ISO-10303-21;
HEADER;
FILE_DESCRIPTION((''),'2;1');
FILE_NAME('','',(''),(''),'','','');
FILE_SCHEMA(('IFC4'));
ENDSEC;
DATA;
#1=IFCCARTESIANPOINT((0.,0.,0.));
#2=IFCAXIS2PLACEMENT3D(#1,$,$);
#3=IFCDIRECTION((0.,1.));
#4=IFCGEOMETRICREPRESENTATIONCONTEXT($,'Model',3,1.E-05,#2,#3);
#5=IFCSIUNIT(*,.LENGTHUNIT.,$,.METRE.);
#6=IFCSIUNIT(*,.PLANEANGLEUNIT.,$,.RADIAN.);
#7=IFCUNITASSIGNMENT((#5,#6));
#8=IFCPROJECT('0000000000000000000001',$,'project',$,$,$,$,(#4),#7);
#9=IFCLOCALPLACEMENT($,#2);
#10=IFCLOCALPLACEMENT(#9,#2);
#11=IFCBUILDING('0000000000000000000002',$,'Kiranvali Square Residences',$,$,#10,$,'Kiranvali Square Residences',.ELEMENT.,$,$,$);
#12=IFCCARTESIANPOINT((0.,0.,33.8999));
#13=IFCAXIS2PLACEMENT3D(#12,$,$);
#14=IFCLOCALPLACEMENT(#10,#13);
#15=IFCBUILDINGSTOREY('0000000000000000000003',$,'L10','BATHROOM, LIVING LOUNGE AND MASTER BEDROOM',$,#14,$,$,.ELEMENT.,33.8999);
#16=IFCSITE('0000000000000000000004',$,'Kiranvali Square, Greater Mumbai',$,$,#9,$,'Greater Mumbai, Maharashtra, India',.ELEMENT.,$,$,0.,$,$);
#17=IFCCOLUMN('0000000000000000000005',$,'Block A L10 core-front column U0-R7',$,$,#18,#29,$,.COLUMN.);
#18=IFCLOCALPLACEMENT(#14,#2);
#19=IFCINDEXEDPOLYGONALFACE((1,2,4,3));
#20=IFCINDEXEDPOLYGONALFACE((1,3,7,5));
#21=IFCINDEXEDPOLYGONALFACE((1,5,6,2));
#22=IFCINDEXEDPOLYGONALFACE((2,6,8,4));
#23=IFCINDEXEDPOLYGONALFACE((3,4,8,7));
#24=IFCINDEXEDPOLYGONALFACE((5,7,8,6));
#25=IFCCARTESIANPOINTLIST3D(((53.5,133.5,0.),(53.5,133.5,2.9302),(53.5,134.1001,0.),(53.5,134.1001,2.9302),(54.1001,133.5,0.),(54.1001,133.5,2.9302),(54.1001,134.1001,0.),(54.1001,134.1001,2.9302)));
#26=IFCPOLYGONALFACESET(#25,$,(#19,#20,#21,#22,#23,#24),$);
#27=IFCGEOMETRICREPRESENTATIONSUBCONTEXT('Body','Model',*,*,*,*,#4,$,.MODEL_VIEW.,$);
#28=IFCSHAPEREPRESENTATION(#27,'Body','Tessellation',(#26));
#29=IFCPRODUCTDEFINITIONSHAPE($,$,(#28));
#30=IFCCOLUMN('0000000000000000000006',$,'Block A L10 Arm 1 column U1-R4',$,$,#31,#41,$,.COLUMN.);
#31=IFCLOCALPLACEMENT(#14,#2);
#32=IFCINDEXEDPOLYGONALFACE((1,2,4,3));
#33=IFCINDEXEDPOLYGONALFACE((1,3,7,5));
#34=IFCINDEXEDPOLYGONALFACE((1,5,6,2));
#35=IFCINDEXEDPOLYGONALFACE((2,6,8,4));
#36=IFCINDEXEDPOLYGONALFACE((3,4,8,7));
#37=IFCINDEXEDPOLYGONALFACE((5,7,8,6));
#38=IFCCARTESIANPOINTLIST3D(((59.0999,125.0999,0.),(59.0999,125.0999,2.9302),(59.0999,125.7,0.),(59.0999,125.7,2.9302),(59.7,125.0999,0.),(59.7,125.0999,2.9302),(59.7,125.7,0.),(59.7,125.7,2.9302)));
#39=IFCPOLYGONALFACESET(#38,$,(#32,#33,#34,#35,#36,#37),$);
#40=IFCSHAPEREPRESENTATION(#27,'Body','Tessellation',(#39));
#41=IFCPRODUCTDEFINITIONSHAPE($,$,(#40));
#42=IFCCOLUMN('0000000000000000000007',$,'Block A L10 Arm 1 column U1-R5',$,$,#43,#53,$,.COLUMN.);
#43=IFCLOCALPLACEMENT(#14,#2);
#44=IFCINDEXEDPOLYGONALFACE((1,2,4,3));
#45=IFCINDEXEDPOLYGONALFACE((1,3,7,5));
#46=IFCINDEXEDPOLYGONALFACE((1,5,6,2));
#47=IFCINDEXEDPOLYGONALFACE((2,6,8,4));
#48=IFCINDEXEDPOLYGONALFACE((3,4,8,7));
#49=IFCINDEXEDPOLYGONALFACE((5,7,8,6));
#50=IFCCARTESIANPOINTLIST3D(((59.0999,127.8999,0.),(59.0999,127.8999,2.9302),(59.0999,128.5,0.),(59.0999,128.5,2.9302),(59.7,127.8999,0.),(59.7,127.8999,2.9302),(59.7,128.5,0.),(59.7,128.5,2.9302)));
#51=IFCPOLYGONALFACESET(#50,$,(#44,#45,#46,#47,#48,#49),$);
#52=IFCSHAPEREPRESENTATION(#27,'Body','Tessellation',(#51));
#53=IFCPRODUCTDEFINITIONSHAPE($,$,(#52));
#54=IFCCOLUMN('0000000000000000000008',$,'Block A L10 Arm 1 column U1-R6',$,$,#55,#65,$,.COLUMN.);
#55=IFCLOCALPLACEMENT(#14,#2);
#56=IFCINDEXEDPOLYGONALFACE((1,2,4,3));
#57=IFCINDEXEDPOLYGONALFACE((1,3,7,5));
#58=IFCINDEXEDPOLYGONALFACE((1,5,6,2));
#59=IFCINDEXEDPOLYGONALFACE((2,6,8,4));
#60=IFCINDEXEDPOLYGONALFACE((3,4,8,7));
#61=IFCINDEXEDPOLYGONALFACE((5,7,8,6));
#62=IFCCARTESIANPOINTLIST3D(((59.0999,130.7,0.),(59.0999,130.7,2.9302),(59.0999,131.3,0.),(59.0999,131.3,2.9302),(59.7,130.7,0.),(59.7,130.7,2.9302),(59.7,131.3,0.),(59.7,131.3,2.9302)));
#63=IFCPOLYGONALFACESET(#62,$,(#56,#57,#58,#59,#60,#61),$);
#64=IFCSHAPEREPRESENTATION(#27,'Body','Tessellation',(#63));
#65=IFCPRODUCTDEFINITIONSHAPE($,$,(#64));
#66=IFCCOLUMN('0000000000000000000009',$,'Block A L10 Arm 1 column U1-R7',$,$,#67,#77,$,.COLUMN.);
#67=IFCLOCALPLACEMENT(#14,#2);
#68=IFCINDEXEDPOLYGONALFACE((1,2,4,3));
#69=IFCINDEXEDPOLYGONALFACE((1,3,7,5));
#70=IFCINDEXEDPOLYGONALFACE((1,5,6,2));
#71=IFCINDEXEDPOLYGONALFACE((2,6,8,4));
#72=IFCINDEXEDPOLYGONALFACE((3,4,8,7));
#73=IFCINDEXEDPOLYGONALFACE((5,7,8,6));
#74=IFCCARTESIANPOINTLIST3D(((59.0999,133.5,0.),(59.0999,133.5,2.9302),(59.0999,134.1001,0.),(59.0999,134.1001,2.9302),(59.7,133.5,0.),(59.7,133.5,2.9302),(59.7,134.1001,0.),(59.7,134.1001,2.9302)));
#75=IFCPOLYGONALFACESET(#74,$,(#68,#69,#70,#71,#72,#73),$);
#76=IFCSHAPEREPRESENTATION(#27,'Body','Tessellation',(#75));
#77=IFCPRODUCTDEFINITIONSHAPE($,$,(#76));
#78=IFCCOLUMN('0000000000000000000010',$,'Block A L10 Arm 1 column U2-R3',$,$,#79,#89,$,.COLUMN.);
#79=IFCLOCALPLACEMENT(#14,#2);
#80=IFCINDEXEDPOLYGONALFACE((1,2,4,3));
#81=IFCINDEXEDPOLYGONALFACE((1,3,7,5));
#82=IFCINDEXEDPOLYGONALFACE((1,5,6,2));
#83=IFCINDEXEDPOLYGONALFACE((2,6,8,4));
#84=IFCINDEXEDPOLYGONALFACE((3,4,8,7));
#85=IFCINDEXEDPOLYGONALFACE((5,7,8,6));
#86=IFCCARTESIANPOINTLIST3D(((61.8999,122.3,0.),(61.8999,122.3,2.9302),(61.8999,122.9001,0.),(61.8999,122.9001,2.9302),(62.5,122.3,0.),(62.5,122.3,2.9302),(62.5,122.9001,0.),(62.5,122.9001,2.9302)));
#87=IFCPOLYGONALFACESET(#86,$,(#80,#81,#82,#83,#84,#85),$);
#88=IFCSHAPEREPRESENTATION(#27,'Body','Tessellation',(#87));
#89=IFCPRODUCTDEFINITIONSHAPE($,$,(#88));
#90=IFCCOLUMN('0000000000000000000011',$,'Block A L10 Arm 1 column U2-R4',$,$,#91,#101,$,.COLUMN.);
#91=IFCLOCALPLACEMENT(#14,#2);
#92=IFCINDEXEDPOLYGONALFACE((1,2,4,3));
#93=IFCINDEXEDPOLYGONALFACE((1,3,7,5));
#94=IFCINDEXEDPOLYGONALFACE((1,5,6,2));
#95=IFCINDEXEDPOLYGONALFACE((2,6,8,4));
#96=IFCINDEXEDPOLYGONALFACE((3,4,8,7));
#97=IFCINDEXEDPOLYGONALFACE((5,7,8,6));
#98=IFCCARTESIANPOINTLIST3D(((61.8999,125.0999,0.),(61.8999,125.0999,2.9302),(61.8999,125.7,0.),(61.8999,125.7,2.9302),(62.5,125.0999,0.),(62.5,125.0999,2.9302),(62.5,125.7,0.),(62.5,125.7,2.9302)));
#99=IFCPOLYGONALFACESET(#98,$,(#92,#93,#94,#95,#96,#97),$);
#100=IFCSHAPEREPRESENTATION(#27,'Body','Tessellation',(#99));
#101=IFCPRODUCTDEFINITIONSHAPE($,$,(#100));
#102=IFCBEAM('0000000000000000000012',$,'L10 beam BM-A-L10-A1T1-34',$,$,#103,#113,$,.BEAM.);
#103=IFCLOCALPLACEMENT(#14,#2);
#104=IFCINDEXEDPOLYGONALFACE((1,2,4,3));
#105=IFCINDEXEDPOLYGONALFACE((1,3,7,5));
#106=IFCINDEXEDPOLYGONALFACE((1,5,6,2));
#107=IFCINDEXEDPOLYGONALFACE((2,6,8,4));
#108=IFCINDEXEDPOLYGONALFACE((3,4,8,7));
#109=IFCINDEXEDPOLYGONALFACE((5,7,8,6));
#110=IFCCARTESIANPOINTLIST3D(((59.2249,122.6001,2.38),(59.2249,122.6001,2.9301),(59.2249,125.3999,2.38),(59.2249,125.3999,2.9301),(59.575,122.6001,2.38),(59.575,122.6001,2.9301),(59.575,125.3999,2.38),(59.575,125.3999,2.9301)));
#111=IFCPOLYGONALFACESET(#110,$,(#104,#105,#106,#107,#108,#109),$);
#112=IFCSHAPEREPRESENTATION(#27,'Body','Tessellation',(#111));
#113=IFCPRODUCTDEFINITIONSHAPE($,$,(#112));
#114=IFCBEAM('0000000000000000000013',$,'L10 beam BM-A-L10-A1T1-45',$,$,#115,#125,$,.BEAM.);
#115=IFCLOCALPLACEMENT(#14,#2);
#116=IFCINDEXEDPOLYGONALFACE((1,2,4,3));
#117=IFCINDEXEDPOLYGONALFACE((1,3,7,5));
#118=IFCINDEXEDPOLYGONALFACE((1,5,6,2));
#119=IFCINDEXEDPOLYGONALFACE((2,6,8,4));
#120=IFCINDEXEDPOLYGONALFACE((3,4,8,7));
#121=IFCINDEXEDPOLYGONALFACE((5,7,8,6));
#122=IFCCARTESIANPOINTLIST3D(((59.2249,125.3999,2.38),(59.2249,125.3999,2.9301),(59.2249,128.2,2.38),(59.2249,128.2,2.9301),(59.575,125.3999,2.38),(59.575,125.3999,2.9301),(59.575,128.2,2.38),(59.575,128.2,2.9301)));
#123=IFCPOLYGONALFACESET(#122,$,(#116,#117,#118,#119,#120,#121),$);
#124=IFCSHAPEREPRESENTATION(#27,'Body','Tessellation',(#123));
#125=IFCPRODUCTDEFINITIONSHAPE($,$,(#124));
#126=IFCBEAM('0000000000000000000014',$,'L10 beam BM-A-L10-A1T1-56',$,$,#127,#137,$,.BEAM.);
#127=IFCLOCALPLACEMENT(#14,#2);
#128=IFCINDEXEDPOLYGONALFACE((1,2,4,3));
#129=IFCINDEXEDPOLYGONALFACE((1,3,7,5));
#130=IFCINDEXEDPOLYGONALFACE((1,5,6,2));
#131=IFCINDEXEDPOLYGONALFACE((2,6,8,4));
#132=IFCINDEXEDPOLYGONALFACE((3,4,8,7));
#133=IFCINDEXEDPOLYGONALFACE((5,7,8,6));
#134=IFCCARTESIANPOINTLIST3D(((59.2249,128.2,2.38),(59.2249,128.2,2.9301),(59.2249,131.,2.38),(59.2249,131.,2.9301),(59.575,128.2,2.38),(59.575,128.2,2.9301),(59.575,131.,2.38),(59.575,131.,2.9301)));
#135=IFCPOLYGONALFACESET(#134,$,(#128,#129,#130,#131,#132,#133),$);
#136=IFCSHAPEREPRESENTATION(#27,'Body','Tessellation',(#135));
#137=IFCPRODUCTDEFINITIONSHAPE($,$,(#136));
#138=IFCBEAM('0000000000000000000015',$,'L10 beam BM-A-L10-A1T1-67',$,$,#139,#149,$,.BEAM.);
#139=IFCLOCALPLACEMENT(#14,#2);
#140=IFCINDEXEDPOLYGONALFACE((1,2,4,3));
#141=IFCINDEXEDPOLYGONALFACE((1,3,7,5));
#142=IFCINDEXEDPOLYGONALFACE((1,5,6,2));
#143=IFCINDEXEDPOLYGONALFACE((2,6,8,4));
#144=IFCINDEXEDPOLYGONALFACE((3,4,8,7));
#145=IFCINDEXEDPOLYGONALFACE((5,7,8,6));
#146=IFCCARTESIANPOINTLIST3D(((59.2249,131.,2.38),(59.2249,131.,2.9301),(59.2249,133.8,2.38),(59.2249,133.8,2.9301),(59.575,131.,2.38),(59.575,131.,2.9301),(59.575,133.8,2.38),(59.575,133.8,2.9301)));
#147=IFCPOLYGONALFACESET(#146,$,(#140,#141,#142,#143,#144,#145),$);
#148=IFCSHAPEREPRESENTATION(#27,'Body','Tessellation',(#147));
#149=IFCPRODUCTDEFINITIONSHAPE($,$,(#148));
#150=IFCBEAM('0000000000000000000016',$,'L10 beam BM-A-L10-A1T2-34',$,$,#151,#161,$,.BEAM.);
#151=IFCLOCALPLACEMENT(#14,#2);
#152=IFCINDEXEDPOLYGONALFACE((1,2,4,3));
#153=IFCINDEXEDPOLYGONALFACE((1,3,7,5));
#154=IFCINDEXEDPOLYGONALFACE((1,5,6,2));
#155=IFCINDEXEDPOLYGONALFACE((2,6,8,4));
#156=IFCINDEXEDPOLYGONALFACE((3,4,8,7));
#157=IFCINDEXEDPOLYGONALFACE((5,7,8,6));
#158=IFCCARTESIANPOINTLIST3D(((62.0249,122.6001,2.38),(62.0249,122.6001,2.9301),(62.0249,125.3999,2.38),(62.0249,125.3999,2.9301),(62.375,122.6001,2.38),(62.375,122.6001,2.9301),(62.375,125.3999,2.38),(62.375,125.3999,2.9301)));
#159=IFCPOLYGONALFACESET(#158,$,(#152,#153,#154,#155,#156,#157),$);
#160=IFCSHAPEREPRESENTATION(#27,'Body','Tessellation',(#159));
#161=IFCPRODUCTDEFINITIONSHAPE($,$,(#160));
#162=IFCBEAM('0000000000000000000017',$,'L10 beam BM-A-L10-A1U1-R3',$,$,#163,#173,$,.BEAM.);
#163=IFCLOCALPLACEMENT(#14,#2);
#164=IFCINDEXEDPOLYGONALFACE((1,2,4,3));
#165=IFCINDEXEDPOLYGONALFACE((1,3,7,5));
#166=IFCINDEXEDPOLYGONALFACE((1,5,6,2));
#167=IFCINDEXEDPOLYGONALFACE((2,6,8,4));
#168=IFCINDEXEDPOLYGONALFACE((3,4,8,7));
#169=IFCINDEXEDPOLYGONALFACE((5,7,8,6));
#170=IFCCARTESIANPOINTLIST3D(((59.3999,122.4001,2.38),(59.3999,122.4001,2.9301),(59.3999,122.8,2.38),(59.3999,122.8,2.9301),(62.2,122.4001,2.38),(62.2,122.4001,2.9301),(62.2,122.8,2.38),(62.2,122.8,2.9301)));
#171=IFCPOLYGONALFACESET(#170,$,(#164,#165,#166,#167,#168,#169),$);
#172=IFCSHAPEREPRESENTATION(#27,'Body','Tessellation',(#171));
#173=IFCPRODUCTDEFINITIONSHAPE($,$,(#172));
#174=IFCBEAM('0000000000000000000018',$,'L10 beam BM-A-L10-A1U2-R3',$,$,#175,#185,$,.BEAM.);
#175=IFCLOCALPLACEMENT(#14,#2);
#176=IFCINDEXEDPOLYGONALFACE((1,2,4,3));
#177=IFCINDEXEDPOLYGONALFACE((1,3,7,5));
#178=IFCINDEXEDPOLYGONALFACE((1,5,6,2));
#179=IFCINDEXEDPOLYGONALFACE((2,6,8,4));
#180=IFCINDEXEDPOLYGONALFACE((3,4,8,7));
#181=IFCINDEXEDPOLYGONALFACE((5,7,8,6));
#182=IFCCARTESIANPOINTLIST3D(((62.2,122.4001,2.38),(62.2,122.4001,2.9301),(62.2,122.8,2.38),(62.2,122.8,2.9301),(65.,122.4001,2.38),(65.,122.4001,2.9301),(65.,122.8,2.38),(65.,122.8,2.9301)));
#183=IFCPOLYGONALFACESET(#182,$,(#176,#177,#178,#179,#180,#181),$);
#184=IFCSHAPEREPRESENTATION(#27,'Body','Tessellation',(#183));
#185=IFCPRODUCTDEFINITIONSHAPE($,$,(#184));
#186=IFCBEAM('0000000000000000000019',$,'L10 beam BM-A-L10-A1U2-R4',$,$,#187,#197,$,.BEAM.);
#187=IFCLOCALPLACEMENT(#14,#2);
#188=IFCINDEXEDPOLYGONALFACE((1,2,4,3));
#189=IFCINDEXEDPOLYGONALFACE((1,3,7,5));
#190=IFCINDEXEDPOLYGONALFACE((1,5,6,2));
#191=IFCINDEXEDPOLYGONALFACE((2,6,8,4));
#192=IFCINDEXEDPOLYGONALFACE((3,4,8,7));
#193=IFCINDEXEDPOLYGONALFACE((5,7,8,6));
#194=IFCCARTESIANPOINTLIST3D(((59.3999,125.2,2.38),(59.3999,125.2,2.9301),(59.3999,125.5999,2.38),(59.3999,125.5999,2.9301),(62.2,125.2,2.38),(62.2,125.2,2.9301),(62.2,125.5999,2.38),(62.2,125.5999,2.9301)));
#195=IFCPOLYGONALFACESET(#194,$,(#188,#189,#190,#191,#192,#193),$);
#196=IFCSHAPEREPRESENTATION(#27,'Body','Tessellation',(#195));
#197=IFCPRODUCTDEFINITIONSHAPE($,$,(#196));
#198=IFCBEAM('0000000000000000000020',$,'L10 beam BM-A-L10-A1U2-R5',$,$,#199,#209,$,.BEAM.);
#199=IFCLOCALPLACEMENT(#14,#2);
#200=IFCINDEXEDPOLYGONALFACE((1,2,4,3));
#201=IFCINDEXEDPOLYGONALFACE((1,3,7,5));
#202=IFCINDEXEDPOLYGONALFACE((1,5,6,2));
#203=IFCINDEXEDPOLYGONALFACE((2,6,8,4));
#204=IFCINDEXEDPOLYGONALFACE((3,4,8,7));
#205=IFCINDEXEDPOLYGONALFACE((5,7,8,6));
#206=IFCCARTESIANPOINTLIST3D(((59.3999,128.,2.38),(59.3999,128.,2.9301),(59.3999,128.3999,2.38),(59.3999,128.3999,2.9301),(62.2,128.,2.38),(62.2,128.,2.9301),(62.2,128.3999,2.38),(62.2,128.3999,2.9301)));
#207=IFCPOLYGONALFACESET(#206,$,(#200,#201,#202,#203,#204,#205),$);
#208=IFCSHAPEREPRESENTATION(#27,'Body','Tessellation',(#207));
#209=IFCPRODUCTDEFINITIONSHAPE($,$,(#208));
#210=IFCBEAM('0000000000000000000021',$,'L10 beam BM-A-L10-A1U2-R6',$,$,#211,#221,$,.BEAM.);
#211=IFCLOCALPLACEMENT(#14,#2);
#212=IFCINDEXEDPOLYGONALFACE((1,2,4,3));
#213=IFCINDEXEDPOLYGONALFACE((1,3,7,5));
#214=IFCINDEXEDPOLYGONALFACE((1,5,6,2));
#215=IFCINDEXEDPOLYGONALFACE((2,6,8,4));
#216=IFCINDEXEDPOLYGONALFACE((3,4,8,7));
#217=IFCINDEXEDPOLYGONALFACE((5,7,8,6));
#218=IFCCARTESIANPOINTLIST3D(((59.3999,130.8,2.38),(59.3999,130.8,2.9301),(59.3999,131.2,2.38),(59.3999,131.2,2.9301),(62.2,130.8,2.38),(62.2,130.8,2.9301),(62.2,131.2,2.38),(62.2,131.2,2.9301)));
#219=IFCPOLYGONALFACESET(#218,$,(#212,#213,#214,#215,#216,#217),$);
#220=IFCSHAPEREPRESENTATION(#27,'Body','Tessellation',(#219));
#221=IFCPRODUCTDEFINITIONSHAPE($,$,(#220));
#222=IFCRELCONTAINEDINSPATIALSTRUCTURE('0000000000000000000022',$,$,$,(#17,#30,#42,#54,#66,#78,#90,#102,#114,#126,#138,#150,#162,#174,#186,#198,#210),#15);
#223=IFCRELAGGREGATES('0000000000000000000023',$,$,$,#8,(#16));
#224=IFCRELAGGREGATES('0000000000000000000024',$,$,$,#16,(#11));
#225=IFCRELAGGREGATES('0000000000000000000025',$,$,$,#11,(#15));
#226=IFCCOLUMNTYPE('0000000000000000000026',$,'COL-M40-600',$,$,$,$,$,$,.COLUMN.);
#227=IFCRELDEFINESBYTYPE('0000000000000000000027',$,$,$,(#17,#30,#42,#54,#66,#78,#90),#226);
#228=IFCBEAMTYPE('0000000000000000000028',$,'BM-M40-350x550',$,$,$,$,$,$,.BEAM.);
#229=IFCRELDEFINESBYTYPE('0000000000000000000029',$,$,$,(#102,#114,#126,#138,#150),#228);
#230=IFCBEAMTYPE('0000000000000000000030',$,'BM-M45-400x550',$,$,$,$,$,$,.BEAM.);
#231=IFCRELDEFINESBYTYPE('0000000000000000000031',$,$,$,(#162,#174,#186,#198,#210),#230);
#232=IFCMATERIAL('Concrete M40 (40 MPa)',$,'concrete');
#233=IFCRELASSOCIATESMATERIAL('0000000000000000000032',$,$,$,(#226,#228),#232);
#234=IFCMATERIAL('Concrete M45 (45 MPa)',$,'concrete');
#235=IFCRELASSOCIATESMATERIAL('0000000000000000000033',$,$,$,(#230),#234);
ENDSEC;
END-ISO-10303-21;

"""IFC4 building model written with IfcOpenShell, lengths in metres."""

from ifc_helpers import new_model, si_unit, direction, frame, origin, origin_2d, place, context, subcontext, project, spatial, rectangle, extrude, material, material_profile, profile_set, type_object, element, save


model = new_model("IFC4")

# Units and contexts
model_context = context("Model", 3, precision=1e-05, world=origin(), true_north=direction((0.0, 1.0)))
body_context = subcontext(model_context, "Body", "Model", "MODEL_VIEW")
ifc_project = project(units=[si_unit("LENGTHUNIT", "METRE"), si_unit("PLANEANGLEUNIT", "RADIAN")], contexts=[model_context])

# Site, building, storey
site_placement = place(None, origin())
site = spatial("IfcSite", under=ifc_project, at=site_placement, Name="Kiranvali Square, Greater Mumbai", LongName="Greater Mumbai, Maharashtra, India", CompositionType="ELEMENT", RefElevation=0.0)
building_placement = place(site_placement, origin())
building = spatial("IfcBuilding", under=site, at=building_placement, Name="Kiranvali Square Residences", LongName="Kiranvali Square Residences", CompositionType="ELEMENT")
storey_placement = place(building_placement, frame((0.0, 0.0, 33.8999)))
storey = spatial("IfcBuildingStorey", under=building, at=storey_placement, Name="L10", Description="BATHROOM, LIVING LOUNGE AND MASTER BEDROOM", CompositionType="ELEMENT", Elevation=33.8999)

# Columns
ifc_material_1 = material(Name="Concrete M40 (40 MPa)", Category="concrete")
ifc_material_profile_1 = material_profile(ifc_material_1, rectangle(XDim=0.6001, YDim=0.6001, at=origin_2d()), Name="RC 600x600")
ifc_profile_set_1 = profile_set([ifc_material_profile_1], Name="Concrete M40 (40 MPa)")
column_type = type_object("IfcColumnType", Name="COL-M40-600", PredefinedType="COLUMN", material=ifc_profile_set_1)
for number, where, z_axis, x_axis, name in (
    (1, (53.8, 133.8, 0.0), (0.0, 0.0, 1.0), (1.0, 0.0, 0.0), "Block A L10 core-front column U0-R7"),
    (2, (59.3999, 125.3999, 0.0), (0.0, 0.0, 1.0), (1.0, 0.0, 0.0), "Block A L10 Arm 1 column U1-R4"),
    (3, (59.3999, 128.2, 0.0), (0.0, 0.0, 1.0), (1.0, 0.0, 0.0), "Block A L10 Arm 1 column U1-R5"),
    (4, (59.3999, 131.0, 0.0), (0.0, 0.0, 1.0), (1.0, 0.0, 0.0), "Block A L10 Arm 1 column U1-R6"),
    (5, (59.3999, 133.8, 0.0), (0.0, 0.0, 1.0), (1.0, 0.0, 0.0), "Block A L10 Arm 1 column U1-R7"),
    (6, (62.2, 122.6001, 0.0), (0.0, 0.0, 1.0), (1.0, 0.0, 0.0), "Block A L10 Arm 1 column U2-R3"),
    (7, (62.2, 125.3999, 0.0), (0.0, 0.0, 1.0), (1.0, 0.0, 0.0), "Block A L10 Arm 1 column U2-R4"),
):
    element("IfcColumn", number, at=place(storey_placement, frame(where, z_axis=z_axis, x_axis=x_axis)), inside=storey, type_object=column_type, Name=name, PredefinedType="COLUMN", context=body_context, shape_type="SweptSolid", body=[
        extrude(rectangle(XDim=0.6001, YDim=0.6001, at=origin_2d()), origin(), (0.0, 0.0, 1.0), 2.9302),
    ])

# Beams
ifc_material_profile_2 = material_profile(ifc_material_1, rectangle(XDim=0.3501, YDim=0.55, at=origin_2d()), Name="RC 350x550")
ifc_profile_set_2 = profile_set([ifc_material_profile_2], Name="Concrete M40 (40 MPa)")
beam_type_1 = type_object("IfcBeamType", Name="BM-M40-350x550", PredefinedType="BEAM", material=ifc_profile_set_2)
beam_1_placement = place(storey_placement, frame((59.3999, 122.6001, 2.655), z_axis=(0.0, 1.0, 0.0), x_axis=(-1.0, 0.0, 0.0)))
element("IfcBeam", 8, at=beam_1_placement, inside=storey, type_object=beam_type_1, Name="L10 beam BM-A-L10-A1T1-34", PredefinedType="BEAM", context=body_context, shape_type="SweptSolid", body=[
    extrude(rectangle(XDim=0.3501, YDim=0.55, at=origin_2d()), origin(), (0.0, 0.0, 1.0), 2.7998),
])
for number, where, z_axis, x_axis, name in (
    (9, (59.3999, 125.3999, 2.655), (0.0, 1.0, 0.0), (-1.0, 0.0, 0.0), "L10 beam BM-A-L10-A1T1-45"),
    (10, (59.3999, 128.2, 2.655), (0.0, 1.0, 0.0), (-1.0, 0.0, 0.0), "L10 beam BM-A-L10-A1T1-56"),
    (11, (59.3999, 131.0, 2.655), (0.0, 1.0, 0.0), (-1.0, 0.0, 0.0), "L10 beam BM-A-L10-A1T1-67"),
):
    element("IfcBeam", number, at=place(storey_placement, frame(where, z_axis=z_axis, x_axis=x_axis)), inside=storey, type_object=beam_type_1, Name=name, PredefinedType="BEAM", context=body_context, shape_type="SweptSolid", body=[
        extrude(rectangle(XDim=0.3501, YDim=0.55, at=origin_2d()), origin(), (0.0, 0.0, 1.0), 2.8),
    ])
beam_2_placement = place(storey_placement, frame((62.2, 122.6001, 2.655), z_axis=(0.0, 1.0, 0.0), x_axis=(-1.0, 0.0, 0.0)))
element("IfcBeam", 12, at=beam_2_placement, inside=storey, type_object=beam_type_1, Name="L10 beam BM-A-L10-A1T2-34", PredefinedType="BEAM", context=body_context, shape_type="SweptSolid", body=[
    extrude(rectangle(XDim=0.3501, YDim=0.55, at=origin_2d()), origin(), (0.0, 0.0, 1.0), 2.7998),
])
ifc_material_2 = material(Name="Concrete M45 (45 MPa)", Category="concrete")
ifc_material_profile_3 = material_profile(ifc_material_2, rectangle(XDim=0.3999, YDim=0.55, at=origin_2d()), Name="RC 400x550")
ifc_profile_set_3 = profile_set([ifc_material_profile_3], Name="Concrete M45 (45 MPa)")
beam_type_2 = type_object("IfcBeamType", Name="BM-M45-400x550", PredefinedType="BEAM", material=ifc_profile_set_3)
for number, where, z_axis, x_axis, name in (
    (13, (59.3999, 122.6001, 2.655), (1.0, 0.0, 0.0), (0.0, 1.0, 0.0), "L10 beam BM-A-L10-A1U1-R3"),
    (14, (62.2, 122.6001, 2.655), (1.0, 0.0, 0.0), (0.0, 1.0, 0.0), "L10 beam BM-A-L10-A1U2-R3"),
    (15, (59.3999, 125.3999, 2.655), (1.0, 0.0, 0.0), (0.0, 1.0, 0.0), "L10 beam BM-A-L10-A1U2-R4"),
    (16, (59.3999, 128.2, 2.655), (1.0, 0.0, 0.0), (0.0, 1.0, 0.0), "L10 beam BM-A-L10-A1U2-R5"),
    (17, (59.3999, 131.0, 2.655), (1.0, 0.0, 0.0), (0.0, 1.0, 0.0), "L10 beam BM-A-L10-A1U2-R6"),
):
    element("IfcBeam", number, at=place(storey_placement, frame(where, z_axis=z_axis, x_axis=x_axis)), inside=storey, type_object=beam_type_2, Name=name, PredefinedType="BEAM", context=body_context, shape_type="SweptSolid", body=[
        extrude(rectangle(XDim=0.3999, YDim=0.55, at=origin_2d()), origin(), (0.0, 0.0, 1.0), 2.8),
    ])

save(model, "model.ifc")
